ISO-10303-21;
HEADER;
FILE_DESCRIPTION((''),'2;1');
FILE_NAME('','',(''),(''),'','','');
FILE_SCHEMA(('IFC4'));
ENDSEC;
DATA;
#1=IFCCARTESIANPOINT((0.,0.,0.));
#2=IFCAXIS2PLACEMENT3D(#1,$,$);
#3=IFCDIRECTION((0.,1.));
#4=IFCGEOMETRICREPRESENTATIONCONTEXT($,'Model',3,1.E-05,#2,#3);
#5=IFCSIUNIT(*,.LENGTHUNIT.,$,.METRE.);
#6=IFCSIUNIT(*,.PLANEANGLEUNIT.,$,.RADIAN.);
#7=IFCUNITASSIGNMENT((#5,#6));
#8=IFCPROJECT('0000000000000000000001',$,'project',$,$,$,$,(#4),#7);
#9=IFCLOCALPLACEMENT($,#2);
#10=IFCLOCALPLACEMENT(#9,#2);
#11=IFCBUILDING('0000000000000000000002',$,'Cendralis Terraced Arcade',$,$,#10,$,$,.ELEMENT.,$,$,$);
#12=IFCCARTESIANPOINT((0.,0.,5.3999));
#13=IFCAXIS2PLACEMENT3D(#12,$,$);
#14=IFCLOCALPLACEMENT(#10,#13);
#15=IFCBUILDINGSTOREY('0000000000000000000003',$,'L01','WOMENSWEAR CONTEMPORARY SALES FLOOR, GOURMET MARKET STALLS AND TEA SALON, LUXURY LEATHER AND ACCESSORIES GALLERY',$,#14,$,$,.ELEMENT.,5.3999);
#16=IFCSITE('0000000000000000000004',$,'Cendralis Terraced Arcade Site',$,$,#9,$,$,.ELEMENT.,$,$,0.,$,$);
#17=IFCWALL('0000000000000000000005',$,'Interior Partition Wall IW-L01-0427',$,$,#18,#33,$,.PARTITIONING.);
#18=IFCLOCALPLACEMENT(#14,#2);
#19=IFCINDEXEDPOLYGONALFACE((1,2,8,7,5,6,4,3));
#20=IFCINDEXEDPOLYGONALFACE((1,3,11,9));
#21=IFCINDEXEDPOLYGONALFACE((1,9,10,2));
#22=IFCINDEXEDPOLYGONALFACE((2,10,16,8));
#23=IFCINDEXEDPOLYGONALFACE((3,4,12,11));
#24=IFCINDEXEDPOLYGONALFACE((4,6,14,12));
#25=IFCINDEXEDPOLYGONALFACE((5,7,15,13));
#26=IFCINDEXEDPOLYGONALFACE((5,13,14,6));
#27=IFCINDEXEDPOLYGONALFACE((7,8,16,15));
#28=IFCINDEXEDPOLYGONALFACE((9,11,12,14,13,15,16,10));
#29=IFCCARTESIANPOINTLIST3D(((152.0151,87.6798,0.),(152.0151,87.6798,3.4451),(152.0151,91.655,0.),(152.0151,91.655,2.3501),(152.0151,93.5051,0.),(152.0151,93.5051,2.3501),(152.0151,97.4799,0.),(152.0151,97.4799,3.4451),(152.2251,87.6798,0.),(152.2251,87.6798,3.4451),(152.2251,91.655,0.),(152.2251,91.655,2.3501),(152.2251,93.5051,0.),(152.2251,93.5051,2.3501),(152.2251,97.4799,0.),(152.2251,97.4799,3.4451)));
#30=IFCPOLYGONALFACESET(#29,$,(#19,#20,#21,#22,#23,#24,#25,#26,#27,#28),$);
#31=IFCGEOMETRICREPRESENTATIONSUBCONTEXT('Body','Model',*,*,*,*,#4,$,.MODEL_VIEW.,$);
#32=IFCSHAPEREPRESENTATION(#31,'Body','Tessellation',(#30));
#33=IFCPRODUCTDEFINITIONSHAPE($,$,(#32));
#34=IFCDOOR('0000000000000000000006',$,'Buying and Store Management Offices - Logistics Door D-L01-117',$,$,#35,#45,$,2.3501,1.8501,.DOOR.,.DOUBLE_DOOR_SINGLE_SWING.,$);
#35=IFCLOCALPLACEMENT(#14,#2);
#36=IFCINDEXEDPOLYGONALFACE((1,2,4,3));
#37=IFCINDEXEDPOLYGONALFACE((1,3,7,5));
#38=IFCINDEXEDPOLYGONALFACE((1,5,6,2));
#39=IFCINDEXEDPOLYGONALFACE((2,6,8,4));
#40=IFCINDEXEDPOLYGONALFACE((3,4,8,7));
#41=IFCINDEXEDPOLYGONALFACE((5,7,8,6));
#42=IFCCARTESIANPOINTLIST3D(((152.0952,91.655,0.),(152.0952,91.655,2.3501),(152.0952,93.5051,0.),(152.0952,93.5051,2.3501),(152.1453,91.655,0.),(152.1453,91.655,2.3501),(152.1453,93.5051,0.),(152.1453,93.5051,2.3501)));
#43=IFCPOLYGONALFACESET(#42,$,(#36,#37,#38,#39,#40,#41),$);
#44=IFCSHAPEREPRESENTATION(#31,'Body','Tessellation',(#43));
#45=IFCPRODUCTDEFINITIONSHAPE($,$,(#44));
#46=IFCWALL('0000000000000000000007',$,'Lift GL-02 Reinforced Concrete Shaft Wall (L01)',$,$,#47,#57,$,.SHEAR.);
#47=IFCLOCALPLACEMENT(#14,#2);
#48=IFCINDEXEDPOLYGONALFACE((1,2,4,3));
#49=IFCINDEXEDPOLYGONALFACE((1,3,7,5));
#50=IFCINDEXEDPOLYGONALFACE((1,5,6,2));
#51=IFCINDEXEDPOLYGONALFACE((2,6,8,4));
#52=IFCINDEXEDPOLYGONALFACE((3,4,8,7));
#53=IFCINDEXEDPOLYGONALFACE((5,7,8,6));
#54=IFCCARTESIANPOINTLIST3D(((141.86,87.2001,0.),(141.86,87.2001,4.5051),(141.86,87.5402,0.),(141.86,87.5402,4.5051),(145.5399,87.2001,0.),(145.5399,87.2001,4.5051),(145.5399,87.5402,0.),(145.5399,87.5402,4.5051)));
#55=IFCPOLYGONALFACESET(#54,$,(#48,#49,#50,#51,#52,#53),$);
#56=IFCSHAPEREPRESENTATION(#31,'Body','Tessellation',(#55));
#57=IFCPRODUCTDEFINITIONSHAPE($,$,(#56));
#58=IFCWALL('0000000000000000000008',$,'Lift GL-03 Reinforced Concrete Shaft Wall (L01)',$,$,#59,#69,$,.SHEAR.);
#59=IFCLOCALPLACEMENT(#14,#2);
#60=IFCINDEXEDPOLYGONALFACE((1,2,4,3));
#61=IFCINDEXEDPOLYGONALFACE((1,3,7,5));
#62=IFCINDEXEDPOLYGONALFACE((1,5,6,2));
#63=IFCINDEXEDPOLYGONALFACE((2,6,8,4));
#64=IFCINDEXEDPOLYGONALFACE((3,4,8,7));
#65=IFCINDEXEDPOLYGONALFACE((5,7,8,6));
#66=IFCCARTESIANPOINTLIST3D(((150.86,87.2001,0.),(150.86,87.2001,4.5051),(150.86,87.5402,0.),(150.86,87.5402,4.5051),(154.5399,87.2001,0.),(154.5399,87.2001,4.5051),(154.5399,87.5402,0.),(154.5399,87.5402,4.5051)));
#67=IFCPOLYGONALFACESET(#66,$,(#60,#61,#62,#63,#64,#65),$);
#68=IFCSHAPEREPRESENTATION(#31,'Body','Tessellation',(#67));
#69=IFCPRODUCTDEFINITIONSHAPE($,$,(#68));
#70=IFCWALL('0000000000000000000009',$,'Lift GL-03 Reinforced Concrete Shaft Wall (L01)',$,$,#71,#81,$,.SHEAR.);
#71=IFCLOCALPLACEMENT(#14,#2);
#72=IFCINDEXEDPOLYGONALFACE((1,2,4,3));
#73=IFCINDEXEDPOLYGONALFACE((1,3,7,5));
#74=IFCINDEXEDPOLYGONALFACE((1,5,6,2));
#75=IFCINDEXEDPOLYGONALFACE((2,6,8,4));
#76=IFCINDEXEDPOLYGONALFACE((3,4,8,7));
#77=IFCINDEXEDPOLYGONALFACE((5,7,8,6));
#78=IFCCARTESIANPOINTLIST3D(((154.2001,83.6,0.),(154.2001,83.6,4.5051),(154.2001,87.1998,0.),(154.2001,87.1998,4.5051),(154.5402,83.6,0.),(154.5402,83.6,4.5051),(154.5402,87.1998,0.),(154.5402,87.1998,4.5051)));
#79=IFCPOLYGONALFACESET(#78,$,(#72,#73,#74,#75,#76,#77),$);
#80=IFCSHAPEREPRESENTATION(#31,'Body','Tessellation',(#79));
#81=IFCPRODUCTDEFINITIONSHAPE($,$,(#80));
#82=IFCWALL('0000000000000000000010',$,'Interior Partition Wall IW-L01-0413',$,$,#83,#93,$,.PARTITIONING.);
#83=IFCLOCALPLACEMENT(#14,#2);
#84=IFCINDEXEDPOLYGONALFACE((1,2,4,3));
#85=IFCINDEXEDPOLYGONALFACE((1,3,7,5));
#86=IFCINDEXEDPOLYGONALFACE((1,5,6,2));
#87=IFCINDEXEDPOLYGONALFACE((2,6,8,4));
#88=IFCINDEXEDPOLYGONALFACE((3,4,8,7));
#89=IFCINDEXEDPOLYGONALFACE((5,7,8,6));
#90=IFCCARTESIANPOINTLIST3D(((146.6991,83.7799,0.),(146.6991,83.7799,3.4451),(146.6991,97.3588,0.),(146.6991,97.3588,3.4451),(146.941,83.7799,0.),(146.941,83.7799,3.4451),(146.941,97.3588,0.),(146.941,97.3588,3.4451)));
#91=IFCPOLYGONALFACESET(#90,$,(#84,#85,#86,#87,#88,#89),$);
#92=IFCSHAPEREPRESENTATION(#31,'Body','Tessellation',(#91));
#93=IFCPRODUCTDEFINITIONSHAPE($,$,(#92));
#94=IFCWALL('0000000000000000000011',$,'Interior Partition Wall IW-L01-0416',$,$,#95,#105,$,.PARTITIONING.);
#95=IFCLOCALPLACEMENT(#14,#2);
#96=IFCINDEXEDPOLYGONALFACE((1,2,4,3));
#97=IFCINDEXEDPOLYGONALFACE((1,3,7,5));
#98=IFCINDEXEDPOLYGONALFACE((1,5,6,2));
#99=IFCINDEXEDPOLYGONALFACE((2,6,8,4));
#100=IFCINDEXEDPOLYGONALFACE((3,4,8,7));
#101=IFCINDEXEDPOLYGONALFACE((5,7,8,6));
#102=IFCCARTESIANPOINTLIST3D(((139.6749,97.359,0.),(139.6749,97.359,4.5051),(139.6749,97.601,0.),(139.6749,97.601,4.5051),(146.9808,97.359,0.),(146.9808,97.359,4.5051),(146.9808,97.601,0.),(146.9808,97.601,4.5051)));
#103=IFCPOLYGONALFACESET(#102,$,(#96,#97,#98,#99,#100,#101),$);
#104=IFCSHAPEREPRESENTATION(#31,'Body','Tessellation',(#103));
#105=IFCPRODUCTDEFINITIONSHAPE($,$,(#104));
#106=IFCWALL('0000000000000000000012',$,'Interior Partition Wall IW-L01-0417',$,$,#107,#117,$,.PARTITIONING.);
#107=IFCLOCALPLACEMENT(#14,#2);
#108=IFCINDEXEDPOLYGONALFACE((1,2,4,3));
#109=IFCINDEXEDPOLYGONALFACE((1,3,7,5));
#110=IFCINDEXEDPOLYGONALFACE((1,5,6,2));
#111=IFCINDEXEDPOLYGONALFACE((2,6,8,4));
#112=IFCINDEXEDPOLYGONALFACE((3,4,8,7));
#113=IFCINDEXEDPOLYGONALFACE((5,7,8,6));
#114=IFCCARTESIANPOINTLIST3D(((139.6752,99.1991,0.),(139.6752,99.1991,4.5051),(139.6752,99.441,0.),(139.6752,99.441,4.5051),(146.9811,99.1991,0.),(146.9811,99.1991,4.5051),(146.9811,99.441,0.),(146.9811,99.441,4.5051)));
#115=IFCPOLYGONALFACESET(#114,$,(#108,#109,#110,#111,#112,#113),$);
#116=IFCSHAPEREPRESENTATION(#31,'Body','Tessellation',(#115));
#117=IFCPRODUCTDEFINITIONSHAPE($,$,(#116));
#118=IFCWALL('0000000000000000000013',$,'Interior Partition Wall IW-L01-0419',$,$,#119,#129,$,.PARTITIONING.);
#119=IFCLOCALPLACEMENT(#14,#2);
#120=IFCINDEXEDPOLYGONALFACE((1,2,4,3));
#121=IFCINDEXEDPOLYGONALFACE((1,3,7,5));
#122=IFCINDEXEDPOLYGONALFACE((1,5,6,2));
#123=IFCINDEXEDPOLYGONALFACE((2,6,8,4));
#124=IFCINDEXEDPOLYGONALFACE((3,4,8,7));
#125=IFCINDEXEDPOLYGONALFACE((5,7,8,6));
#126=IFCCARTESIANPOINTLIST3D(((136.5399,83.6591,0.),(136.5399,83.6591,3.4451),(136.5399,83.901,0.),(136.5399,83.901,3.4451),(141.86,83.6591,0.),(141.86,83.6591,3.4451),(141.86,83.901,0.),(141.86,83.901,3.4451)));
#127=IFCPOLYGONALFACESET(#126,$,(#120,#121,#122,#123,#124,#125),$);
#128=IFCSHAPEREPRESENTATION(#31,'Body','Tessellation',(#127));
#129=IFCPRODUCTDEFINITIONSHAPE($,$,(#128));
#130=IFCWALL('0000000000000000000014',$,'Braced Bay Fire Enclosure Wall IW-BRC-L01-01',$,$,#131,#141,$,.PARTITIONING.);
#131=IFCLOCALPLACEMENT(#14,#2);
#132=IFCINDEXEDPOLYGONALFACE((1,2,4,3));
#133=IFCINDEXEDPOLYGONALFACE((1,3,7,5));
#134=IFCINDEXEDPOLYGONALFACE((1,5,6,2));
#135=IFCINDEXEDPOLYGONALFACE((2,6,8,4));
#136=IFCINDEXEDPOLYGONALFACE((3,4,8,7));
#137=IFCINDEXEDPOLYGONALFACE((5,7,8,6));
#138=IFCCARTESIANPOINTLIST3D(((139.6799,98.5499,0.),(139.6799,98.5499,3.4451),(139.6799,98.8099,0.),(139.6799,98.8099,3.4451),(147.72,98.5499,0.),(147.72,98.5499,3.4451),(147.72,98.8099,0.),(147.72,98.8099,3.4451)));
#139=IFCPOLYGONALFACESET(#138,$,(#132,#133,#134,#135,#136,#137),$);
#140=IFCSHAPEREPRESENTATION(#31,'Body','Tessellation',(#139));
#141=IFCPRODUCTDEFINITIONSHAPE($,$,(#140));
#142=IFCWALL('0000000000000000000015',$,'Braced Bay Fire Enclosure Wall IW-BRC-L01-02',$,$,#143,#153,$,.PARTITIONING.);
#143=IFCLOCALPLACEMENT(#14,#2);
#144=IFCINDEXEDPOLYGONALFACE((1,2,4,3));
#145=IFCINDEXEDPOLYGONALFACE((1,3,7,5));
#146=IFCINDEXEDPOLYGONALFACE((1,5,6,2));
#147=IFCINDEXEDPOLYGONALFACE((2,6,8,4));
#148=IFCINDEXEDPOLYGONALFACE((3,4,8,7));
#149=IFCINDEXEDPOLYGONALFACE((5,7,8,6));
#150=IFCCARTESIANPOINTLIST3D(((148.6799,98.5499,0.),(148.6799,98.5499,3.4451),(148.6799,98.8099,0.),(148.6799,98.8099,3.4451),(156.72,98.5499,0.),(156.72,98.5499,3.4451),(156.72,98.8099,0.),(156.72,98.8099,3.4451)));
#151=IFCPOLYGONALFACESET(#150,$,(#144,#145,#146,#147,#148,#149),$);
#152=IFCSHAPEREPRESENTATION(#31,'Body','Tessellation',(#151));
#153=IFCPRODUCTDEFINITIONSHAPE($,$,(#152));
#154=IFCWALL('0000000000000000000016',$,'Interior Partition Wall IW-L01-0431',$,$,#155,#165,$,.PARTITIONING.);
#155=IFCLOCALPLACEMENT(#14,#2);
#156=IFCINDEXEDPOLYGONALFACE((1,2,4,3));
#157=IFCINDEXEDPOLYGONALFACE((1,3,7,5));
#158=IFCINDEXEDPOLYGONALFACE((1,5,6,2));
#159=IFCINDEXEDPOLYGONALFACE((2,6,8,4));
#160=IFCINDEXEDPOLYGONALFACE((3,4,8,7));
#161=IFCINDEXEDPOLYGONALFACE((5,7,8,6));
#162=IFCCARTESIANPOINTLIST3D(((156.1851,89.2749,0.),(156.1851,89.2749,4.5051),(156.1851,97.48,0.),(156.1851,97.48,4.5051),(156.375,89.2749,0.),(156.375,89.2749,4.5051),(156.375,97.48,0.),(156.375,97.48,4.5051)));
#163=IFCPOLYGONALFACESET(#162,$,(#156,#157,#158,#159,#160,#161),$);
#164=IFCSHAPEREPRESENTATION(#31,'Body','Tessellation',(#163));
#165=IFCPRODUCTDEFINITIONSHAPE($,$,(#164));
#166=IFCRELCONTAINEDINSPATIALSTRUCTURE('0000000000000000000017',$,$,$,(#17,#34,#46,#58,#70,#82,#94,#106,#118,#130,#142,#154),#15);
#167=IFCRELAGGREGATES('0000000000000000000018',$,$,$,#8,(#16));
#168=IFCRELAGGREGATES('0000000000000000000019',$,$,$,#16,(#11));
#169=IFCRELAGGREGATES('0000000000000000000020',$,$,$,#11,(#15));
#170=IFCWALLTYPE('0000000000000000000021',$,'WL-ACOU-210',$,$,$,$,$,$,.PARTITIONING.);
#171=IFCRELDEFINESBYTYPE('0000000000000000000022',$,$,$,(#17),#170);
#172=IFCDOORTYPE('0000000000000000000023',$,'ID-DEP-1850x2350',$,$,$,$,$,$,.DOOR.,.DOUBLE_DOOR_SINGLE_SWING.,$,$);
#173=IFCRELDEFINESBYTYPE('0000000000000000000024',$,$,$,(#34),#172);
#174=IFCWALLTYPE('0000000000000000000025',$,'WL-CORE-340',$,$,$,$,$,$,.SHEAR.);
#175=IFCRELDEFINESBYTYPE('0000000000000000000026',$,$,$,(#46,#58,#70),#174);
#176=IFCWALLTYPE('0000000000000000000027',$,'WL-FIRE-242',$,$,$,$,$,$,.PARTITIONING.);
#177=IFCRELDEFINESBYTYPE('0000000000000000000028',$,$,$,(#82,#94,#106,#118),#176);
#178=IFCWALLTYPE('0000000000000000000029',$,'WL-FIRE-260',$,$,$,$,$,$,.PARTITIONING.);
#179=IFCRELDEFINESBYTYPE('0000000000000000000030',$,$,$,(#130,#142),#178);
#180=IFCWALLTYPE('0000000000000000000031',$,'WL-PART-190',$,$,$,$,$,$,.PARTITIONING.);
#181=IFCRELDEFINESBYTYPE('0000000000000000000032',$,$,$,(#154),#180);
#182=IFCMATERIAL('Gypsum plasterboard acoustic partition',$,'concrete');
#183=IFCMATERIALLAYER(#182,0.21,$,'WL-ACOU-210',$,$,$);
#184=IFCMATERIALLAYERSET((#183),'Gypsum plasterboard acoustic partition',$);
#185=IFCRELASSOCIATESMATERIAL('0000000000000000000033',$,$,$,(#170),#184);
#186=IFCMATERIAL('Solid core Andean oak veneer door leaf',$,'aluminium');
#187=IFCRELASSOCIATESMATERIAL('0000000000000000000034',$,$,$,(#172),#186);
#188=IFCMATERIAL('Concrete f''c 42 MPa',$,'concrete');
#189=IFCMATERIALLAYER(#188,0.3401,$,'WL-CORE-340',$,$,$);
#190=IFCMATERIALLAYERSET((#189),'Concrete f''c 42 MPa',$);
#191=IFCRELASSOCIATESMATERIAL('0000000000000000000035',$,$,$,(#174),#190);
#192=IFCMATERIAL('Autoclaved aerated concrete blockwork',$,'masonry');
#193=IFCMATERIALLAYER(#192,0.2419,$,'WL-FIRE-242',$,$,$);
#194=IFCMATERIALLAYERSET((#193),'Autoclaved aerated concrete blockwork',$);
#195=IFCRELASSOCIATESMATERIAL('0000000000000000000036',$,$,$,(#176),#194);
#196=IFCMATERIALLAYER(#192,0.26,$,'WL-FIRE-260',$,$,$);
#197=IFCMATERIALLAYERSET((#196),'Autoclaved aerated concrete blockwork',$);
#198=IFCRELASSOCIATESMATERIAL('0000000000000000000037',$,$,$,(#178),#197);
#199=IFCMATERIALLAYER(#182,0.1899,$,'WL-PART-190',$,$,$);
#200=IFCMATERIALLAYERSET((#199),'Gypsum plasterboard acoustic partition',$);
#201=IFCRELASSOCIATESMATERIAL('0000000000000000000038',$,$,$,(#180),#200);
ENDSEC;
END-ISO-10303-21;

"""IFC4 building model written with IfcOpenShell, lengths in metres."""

from ifc_helpers import new_model, si_unit, direction, frame, frame_2d, origin, place, context, subcontext, project, spatial, rectangle, extrude, material, layer, layer_set, type_object, element, fill, save


model = new_model("IFC4")

# Units and contexts
model_context = context("Model", 3, precision=1e-05, world=origin(), true_north=direction((0.0, 1.0)))
body_context = subcontext(model_context, "Body", "Model", "MODEL_VIEW")
ifc_project = project(units=[si_unit("LENGTHUNIT", "METRE"), si_unit("PLANEANGLEUNIT", "RADIAN")], contexts=[model_context])

# Site, building, storey
site_placement = place(None, origin())
site = spatial("IfcSite", under=ifc_project, at=site_placement, Name="Cendralis Terraced Arcade Site", CompositionType="ELEMENT", RefElevation=0.0)
building_placement = place(site_placement, origin())
building = spatial("IfcBuilding", under=site, at=building_placement, Name="Cendralis Terraced Arcade", CompositionType="ELEMENT")
storey_placement = place(building_placement, frame((0.0, 0.0, 5.3999)))
storey = spatial("IfcBuildingStorey", under=building, at=storey_placement, Name="L01", Description="WOMENSWEAR CONTEMPORARY SALES FLOOR, GOURMET MARKET STALLS AND TEA SALON, LUXURY LEATHER AND ACCESSORIES GALLERY", CompositionType="ELEMENT", Elevation=5.3999)

# Shared definitions
ifc_material_1 = material(Name="Concrete f'c 42 MPa", Category="concrete")

# Shared definitions
ifc_material_2 = material(Name="Gypsum plasterboard acoustic partition", Category="concrete")

# Wall, opening, door
ifc_layer_1 = layer(ifc_material_2, 0.21, Name="WL-ACOU-210")
ifc_layer_set_1 = layer_set([ifc_layer_1], Name="Gypsum plasterboard acoustic partition")
wall_type_1 = type_object("IfcWallType", Name="WL-ACOU-210", PredefinedType="PARTITIONING", material=ifc_layer_set_1)
wall_1_placement = place(storey_placement, frame((152.1201, 87.6799, 0.0), z_axis=(0.0, 0.0, 1.0), x_axis=(0.0, 1.0, 0.0)))
wall_1 = element("IfcWall", 1, at=wall_1_placement, inside=storey, type_object=wall_type_1, Name="Interior Partition Wall IW-L01-0427", PredefinedType="PARTITIONING", context=body_context, shape_type="SweptSolid", body=[
    extrude(rectangle(XDim=9.8, YDim=0.21, at=frame_2d((4.8999, 0.0))), origin(), (0.0, 0.0, 1.0), 3.4451),
])
opening_placement = place(wall_1_placement, frame((3.9751, 0.0, 0.0)))
opening = element("IfcOpeningElement", 2, at=opening_placement, cuts=wall_1, PredefinedType="OPENING", context=body_context, shape_type="SweptSolid", body=[
    extrude(rectangle(XDim=1.8501, YDim=2.3501, at=frame_2d((0.925, 1.175))), frame((0.0, 0.1169, 0.0), z_axis=(0.0, -1.0, 0.0), x_axis=(1.0, 0.0, 0.0)), (0.0, 0.0, 1.0), 0.2339),
])
ifc_material_3 = material(Name="Solid core Andean oak veneer door leaf", Category="aluminium")
door_type = type_object("IfcDoorType", Name="ID-DEP-1850x2350", OperationType="DOUBLE_DOOR_SINGLE_SWING", PredefinedType="DOOR", material=ifc_material_3)
door_placement = place(opening_placement, origin())
door = element("IfcDoor", 3, at=door_placement, inside=storey, type_object=door_type, Name="Buying and Store Management Offices - Logistics Door D-L01-117", OperationType="DOUBLE_DOOR_SINGLE_SWING", OverallHeight=2.3501, OverallWidth=1.8501, PredefinedType="DOOR", context=body_context, shape_type="SweptSolid", body=[
    extrude(rectangle(XDim=1.8501, YDim=2.3501, at=frame_2d((0.925, 1.175))), frame((0.0, 0.0249, 0.0), z_axis=(0.0, -1.0, 0.0), x_axis=(1.0, 0.0, 0.0)), (0.0, 0.0, 1.0), 0.05),
])
fill(opening, door)

# Walls
ifc_layer_2 = layer(ifc_material_1, 0.3401, Name="WL-CORE-340")
ifc_layer_set_2 = layer_set([ifc_layer_2], Name="Concrete f'c 42 MPa")
wall_type_2 = type_object("IfcWallType", Name="WL-CORE-340", PredefinedType="SHEAR", material=ifc_layer_set_2)
for number, where, z_axis, x_axis, name in (
    (4, (141.8601, 87.3701, 0.0), (0.0, 0.0, 1.0), (1.0, 0.0, 0.0), "Lift GL-02 Reinforced Concrete Shaft Wall (L01)"),
    (5, (150.8601, 87.3701, 0.0), (0.0, 0.0, 1.0), (1.0, 0.0, 0.0), "Lift GL-03 Reinforced Concrete Shaft Wall (L01)"),
):
    element("IfcWall", number, at=place(storey_placement, frame(where, z_axis=z_axis, x_axis=x_axis)), inside=storey, type_object=wall_type_2, Name=name, PredefinedType="SHEAR", context=body_context, shape_type="SweptSolid", body=[
        extrude(rectangle(XDim=3.6799, YDim=0.3401, at=frame_2d((1.8398, 0.0))), origin(), (0.0, 0.0, 1.0), 4.5051),
    ])
wall_2_placement = place(storey_placement, frame((154.3701, 83.6001, 0.0), z_axis=(0.0, 0.0, 1.0), x_axis=(0.0, 1.0, 0.0)))
element("IfcWall", 6, at=wall_2_placement, inside=storey, type_object=wall_type_2, Name="Lift GL-03 Reinforced Concrete Shaft Wall (L01)", PredefinedType="SHEAR", context=body_context, shape_type="SweptSolid", body=[
    extrude(rectangle(XDim=3.5999, YDim=0.3401, at=frame_2d((1.7998, 0.0))), origin(), (0.0, 0.0, 1.0), 4.5051),
])
ifc_material_4 = material(Name="Autoclaved aerated concrete blockwork", Category="masonry")
ifc_layer_3 = layer(ifc_material_4, 0.2419, Name="WL-FIRE-242")
ifc_layer_set_3 = layer_set([ifc_layer_3], Name="Autoclaved aerated concrete blockwork")
wall_type_3 = type_object("IfcWallType", Name="WL-FIRE-242", PredefinedType="PARTITIONING", material=ifc_layer_set_3)
wall_3_placement = place(storey_placement, frame((146.8201, 97.3589, 0.0), z_axis=(0.0, 0.0, 1.0), x_axis=(0.0, -1.0, 0.0)))
element("IfcWall", 7, at=wall_3_placement, inside=storey, type_object=wall_type_3, Name="Interior Partition Wall IW-L01-0413", PredefinedType="PARTITIONING", context=body_context, shape_type="SweptSolid", body=[
    extrude(rectangle(XDim=13.5789, YDim=0.2419, at=frame_2d((6.7896, 0.0))), origin(), (0.0, 0.0, 1.0), 3.4451),
])
for number, where, z_axis, x_axis, name in (
    (8, (139.675, 97.48, 0.0), (0.0, 0.0, 1.0), (1.0, 0.0, 0.0), "Interior Partition Wall IW-L01-0416"),
    (9, (146.981, 99.3201, 0.0), (0.0, 0.0, 1.0), (-1.0, 0.0, 0.0), "Interior Partition Wall IW-L01-0417"),
):
    element("IfcWall", number, at=place(storey_placement, frame(where, z_axis=z_axis, x_axis=x_axis)), inside=storey, type_object=wall_type_3, Name=name, PredefinedType="PARTITIONING", context=body_context, shape_type="SweptSolid", body=[
        extrude(rectangle(XDim=7.3059, YDim=0.2419, at=frame_2d((3.6528, 0.0))), origin(), (0.0, 0.0, 1.0), 4.5051),
    ])
wall_4_placement = place(storey_placement, frame((141.8601, 83.78, 0.0), z_axis=(0.0, 0.0, 1.0), x_axis=(-1.0, 0.0, 0.0)))
element("IfcWall", 10, at=wall_4_placement, inside=storey, type_object=wall_type_3, Name="Interior Partition Wall IW-L01-0419", PredefinedType="PARTITIONING", context=body_context, shape_type="SweptSolid", body=[
    extrude(rectangle(XDim=5.3201, YDim=0.2419, at=frame_2d((2.6602, 0.0))), origin(), (0.0, 0.0, 1.0), 3.4451),
])
ifc_layer_4 = layer(ifc_material_4, 0.26, Name="WL-FIRE-260")
ifc_layer_set_4 = layer_set([ifc_layer_4], Name="Autoclaved aerated concrete blockwork")
wall_type_4 = type_object("IfcWallType", Name="WL-FIRE-260", PredefinedType="PARTITIONING", material=ifc_layer_set_4)
for number, where, z_axis, x_axis, name in (
    (11, (139.6799, 98.6799, 0.0), (0.0, 0.0, 1.0), (1.0, 0.0, 0.0), "Braced Bay Fire Enclosure Wall IW-BRC-L01-01"),
    (12, (148.6799, 98.6799, 0.0), (0.0, 0.0, 1.0), (1.0, 0.0, 0.0), "Braced Bay Fire Enclosure Wall IW-BRC-L01-02"),
):
    element("IfcWall", number, at=place(storey_placement, frame(where, z_axis=z_axis, x_axis=x_axis)), inside=storey, type_object=wall_type_4, Name=name, PredefinedType="PARTITIONING", context=body_context, shape_type="SweptSolid", body=[
        extrude(rectangle(XDim=8.04, YDim=0.26, at=frame_2d((4.02, 0.0))), origin(), (0.0, 0.0, 1.0), 3.4451),
    ])
ifc_layer_5 = layer(ifc_material_2, 0.1899, Name="WL-PART-190")
ifc_layer_set_5 = layer_set([ifc_layer_5], Name="Gypsum plasterboard acoustic partition")
wall_type_5 = type_object("IfcWallType", Name="WL-PART-190", PredefinedType="PARTITIONING", material=ifc_layer_set_5)
wall_5_placement = place(storey_placement, frame((156.28, 97.48, 0.0), z_axis=(0.0, 0.0, 1.0), x_axis=(0.0, -1.0, 0.0)))
element("IfcWall", 13, at=wall_5_placement, inside=storey, type_object=wall_type_5, Name="Interior Partition Wall IW-L01-0431", PredefinedType="PARTITIONING", context=body_context, shape_type="SweptSolid", body=[
    extrude(rectangle(XDim=8.2051, YDim=0.1899, at=frame_2d((4.1025, 0.0))), origin(), (0.0, 0.0, 1.0), 4.5051),
])

save(model, "model.ifc")
